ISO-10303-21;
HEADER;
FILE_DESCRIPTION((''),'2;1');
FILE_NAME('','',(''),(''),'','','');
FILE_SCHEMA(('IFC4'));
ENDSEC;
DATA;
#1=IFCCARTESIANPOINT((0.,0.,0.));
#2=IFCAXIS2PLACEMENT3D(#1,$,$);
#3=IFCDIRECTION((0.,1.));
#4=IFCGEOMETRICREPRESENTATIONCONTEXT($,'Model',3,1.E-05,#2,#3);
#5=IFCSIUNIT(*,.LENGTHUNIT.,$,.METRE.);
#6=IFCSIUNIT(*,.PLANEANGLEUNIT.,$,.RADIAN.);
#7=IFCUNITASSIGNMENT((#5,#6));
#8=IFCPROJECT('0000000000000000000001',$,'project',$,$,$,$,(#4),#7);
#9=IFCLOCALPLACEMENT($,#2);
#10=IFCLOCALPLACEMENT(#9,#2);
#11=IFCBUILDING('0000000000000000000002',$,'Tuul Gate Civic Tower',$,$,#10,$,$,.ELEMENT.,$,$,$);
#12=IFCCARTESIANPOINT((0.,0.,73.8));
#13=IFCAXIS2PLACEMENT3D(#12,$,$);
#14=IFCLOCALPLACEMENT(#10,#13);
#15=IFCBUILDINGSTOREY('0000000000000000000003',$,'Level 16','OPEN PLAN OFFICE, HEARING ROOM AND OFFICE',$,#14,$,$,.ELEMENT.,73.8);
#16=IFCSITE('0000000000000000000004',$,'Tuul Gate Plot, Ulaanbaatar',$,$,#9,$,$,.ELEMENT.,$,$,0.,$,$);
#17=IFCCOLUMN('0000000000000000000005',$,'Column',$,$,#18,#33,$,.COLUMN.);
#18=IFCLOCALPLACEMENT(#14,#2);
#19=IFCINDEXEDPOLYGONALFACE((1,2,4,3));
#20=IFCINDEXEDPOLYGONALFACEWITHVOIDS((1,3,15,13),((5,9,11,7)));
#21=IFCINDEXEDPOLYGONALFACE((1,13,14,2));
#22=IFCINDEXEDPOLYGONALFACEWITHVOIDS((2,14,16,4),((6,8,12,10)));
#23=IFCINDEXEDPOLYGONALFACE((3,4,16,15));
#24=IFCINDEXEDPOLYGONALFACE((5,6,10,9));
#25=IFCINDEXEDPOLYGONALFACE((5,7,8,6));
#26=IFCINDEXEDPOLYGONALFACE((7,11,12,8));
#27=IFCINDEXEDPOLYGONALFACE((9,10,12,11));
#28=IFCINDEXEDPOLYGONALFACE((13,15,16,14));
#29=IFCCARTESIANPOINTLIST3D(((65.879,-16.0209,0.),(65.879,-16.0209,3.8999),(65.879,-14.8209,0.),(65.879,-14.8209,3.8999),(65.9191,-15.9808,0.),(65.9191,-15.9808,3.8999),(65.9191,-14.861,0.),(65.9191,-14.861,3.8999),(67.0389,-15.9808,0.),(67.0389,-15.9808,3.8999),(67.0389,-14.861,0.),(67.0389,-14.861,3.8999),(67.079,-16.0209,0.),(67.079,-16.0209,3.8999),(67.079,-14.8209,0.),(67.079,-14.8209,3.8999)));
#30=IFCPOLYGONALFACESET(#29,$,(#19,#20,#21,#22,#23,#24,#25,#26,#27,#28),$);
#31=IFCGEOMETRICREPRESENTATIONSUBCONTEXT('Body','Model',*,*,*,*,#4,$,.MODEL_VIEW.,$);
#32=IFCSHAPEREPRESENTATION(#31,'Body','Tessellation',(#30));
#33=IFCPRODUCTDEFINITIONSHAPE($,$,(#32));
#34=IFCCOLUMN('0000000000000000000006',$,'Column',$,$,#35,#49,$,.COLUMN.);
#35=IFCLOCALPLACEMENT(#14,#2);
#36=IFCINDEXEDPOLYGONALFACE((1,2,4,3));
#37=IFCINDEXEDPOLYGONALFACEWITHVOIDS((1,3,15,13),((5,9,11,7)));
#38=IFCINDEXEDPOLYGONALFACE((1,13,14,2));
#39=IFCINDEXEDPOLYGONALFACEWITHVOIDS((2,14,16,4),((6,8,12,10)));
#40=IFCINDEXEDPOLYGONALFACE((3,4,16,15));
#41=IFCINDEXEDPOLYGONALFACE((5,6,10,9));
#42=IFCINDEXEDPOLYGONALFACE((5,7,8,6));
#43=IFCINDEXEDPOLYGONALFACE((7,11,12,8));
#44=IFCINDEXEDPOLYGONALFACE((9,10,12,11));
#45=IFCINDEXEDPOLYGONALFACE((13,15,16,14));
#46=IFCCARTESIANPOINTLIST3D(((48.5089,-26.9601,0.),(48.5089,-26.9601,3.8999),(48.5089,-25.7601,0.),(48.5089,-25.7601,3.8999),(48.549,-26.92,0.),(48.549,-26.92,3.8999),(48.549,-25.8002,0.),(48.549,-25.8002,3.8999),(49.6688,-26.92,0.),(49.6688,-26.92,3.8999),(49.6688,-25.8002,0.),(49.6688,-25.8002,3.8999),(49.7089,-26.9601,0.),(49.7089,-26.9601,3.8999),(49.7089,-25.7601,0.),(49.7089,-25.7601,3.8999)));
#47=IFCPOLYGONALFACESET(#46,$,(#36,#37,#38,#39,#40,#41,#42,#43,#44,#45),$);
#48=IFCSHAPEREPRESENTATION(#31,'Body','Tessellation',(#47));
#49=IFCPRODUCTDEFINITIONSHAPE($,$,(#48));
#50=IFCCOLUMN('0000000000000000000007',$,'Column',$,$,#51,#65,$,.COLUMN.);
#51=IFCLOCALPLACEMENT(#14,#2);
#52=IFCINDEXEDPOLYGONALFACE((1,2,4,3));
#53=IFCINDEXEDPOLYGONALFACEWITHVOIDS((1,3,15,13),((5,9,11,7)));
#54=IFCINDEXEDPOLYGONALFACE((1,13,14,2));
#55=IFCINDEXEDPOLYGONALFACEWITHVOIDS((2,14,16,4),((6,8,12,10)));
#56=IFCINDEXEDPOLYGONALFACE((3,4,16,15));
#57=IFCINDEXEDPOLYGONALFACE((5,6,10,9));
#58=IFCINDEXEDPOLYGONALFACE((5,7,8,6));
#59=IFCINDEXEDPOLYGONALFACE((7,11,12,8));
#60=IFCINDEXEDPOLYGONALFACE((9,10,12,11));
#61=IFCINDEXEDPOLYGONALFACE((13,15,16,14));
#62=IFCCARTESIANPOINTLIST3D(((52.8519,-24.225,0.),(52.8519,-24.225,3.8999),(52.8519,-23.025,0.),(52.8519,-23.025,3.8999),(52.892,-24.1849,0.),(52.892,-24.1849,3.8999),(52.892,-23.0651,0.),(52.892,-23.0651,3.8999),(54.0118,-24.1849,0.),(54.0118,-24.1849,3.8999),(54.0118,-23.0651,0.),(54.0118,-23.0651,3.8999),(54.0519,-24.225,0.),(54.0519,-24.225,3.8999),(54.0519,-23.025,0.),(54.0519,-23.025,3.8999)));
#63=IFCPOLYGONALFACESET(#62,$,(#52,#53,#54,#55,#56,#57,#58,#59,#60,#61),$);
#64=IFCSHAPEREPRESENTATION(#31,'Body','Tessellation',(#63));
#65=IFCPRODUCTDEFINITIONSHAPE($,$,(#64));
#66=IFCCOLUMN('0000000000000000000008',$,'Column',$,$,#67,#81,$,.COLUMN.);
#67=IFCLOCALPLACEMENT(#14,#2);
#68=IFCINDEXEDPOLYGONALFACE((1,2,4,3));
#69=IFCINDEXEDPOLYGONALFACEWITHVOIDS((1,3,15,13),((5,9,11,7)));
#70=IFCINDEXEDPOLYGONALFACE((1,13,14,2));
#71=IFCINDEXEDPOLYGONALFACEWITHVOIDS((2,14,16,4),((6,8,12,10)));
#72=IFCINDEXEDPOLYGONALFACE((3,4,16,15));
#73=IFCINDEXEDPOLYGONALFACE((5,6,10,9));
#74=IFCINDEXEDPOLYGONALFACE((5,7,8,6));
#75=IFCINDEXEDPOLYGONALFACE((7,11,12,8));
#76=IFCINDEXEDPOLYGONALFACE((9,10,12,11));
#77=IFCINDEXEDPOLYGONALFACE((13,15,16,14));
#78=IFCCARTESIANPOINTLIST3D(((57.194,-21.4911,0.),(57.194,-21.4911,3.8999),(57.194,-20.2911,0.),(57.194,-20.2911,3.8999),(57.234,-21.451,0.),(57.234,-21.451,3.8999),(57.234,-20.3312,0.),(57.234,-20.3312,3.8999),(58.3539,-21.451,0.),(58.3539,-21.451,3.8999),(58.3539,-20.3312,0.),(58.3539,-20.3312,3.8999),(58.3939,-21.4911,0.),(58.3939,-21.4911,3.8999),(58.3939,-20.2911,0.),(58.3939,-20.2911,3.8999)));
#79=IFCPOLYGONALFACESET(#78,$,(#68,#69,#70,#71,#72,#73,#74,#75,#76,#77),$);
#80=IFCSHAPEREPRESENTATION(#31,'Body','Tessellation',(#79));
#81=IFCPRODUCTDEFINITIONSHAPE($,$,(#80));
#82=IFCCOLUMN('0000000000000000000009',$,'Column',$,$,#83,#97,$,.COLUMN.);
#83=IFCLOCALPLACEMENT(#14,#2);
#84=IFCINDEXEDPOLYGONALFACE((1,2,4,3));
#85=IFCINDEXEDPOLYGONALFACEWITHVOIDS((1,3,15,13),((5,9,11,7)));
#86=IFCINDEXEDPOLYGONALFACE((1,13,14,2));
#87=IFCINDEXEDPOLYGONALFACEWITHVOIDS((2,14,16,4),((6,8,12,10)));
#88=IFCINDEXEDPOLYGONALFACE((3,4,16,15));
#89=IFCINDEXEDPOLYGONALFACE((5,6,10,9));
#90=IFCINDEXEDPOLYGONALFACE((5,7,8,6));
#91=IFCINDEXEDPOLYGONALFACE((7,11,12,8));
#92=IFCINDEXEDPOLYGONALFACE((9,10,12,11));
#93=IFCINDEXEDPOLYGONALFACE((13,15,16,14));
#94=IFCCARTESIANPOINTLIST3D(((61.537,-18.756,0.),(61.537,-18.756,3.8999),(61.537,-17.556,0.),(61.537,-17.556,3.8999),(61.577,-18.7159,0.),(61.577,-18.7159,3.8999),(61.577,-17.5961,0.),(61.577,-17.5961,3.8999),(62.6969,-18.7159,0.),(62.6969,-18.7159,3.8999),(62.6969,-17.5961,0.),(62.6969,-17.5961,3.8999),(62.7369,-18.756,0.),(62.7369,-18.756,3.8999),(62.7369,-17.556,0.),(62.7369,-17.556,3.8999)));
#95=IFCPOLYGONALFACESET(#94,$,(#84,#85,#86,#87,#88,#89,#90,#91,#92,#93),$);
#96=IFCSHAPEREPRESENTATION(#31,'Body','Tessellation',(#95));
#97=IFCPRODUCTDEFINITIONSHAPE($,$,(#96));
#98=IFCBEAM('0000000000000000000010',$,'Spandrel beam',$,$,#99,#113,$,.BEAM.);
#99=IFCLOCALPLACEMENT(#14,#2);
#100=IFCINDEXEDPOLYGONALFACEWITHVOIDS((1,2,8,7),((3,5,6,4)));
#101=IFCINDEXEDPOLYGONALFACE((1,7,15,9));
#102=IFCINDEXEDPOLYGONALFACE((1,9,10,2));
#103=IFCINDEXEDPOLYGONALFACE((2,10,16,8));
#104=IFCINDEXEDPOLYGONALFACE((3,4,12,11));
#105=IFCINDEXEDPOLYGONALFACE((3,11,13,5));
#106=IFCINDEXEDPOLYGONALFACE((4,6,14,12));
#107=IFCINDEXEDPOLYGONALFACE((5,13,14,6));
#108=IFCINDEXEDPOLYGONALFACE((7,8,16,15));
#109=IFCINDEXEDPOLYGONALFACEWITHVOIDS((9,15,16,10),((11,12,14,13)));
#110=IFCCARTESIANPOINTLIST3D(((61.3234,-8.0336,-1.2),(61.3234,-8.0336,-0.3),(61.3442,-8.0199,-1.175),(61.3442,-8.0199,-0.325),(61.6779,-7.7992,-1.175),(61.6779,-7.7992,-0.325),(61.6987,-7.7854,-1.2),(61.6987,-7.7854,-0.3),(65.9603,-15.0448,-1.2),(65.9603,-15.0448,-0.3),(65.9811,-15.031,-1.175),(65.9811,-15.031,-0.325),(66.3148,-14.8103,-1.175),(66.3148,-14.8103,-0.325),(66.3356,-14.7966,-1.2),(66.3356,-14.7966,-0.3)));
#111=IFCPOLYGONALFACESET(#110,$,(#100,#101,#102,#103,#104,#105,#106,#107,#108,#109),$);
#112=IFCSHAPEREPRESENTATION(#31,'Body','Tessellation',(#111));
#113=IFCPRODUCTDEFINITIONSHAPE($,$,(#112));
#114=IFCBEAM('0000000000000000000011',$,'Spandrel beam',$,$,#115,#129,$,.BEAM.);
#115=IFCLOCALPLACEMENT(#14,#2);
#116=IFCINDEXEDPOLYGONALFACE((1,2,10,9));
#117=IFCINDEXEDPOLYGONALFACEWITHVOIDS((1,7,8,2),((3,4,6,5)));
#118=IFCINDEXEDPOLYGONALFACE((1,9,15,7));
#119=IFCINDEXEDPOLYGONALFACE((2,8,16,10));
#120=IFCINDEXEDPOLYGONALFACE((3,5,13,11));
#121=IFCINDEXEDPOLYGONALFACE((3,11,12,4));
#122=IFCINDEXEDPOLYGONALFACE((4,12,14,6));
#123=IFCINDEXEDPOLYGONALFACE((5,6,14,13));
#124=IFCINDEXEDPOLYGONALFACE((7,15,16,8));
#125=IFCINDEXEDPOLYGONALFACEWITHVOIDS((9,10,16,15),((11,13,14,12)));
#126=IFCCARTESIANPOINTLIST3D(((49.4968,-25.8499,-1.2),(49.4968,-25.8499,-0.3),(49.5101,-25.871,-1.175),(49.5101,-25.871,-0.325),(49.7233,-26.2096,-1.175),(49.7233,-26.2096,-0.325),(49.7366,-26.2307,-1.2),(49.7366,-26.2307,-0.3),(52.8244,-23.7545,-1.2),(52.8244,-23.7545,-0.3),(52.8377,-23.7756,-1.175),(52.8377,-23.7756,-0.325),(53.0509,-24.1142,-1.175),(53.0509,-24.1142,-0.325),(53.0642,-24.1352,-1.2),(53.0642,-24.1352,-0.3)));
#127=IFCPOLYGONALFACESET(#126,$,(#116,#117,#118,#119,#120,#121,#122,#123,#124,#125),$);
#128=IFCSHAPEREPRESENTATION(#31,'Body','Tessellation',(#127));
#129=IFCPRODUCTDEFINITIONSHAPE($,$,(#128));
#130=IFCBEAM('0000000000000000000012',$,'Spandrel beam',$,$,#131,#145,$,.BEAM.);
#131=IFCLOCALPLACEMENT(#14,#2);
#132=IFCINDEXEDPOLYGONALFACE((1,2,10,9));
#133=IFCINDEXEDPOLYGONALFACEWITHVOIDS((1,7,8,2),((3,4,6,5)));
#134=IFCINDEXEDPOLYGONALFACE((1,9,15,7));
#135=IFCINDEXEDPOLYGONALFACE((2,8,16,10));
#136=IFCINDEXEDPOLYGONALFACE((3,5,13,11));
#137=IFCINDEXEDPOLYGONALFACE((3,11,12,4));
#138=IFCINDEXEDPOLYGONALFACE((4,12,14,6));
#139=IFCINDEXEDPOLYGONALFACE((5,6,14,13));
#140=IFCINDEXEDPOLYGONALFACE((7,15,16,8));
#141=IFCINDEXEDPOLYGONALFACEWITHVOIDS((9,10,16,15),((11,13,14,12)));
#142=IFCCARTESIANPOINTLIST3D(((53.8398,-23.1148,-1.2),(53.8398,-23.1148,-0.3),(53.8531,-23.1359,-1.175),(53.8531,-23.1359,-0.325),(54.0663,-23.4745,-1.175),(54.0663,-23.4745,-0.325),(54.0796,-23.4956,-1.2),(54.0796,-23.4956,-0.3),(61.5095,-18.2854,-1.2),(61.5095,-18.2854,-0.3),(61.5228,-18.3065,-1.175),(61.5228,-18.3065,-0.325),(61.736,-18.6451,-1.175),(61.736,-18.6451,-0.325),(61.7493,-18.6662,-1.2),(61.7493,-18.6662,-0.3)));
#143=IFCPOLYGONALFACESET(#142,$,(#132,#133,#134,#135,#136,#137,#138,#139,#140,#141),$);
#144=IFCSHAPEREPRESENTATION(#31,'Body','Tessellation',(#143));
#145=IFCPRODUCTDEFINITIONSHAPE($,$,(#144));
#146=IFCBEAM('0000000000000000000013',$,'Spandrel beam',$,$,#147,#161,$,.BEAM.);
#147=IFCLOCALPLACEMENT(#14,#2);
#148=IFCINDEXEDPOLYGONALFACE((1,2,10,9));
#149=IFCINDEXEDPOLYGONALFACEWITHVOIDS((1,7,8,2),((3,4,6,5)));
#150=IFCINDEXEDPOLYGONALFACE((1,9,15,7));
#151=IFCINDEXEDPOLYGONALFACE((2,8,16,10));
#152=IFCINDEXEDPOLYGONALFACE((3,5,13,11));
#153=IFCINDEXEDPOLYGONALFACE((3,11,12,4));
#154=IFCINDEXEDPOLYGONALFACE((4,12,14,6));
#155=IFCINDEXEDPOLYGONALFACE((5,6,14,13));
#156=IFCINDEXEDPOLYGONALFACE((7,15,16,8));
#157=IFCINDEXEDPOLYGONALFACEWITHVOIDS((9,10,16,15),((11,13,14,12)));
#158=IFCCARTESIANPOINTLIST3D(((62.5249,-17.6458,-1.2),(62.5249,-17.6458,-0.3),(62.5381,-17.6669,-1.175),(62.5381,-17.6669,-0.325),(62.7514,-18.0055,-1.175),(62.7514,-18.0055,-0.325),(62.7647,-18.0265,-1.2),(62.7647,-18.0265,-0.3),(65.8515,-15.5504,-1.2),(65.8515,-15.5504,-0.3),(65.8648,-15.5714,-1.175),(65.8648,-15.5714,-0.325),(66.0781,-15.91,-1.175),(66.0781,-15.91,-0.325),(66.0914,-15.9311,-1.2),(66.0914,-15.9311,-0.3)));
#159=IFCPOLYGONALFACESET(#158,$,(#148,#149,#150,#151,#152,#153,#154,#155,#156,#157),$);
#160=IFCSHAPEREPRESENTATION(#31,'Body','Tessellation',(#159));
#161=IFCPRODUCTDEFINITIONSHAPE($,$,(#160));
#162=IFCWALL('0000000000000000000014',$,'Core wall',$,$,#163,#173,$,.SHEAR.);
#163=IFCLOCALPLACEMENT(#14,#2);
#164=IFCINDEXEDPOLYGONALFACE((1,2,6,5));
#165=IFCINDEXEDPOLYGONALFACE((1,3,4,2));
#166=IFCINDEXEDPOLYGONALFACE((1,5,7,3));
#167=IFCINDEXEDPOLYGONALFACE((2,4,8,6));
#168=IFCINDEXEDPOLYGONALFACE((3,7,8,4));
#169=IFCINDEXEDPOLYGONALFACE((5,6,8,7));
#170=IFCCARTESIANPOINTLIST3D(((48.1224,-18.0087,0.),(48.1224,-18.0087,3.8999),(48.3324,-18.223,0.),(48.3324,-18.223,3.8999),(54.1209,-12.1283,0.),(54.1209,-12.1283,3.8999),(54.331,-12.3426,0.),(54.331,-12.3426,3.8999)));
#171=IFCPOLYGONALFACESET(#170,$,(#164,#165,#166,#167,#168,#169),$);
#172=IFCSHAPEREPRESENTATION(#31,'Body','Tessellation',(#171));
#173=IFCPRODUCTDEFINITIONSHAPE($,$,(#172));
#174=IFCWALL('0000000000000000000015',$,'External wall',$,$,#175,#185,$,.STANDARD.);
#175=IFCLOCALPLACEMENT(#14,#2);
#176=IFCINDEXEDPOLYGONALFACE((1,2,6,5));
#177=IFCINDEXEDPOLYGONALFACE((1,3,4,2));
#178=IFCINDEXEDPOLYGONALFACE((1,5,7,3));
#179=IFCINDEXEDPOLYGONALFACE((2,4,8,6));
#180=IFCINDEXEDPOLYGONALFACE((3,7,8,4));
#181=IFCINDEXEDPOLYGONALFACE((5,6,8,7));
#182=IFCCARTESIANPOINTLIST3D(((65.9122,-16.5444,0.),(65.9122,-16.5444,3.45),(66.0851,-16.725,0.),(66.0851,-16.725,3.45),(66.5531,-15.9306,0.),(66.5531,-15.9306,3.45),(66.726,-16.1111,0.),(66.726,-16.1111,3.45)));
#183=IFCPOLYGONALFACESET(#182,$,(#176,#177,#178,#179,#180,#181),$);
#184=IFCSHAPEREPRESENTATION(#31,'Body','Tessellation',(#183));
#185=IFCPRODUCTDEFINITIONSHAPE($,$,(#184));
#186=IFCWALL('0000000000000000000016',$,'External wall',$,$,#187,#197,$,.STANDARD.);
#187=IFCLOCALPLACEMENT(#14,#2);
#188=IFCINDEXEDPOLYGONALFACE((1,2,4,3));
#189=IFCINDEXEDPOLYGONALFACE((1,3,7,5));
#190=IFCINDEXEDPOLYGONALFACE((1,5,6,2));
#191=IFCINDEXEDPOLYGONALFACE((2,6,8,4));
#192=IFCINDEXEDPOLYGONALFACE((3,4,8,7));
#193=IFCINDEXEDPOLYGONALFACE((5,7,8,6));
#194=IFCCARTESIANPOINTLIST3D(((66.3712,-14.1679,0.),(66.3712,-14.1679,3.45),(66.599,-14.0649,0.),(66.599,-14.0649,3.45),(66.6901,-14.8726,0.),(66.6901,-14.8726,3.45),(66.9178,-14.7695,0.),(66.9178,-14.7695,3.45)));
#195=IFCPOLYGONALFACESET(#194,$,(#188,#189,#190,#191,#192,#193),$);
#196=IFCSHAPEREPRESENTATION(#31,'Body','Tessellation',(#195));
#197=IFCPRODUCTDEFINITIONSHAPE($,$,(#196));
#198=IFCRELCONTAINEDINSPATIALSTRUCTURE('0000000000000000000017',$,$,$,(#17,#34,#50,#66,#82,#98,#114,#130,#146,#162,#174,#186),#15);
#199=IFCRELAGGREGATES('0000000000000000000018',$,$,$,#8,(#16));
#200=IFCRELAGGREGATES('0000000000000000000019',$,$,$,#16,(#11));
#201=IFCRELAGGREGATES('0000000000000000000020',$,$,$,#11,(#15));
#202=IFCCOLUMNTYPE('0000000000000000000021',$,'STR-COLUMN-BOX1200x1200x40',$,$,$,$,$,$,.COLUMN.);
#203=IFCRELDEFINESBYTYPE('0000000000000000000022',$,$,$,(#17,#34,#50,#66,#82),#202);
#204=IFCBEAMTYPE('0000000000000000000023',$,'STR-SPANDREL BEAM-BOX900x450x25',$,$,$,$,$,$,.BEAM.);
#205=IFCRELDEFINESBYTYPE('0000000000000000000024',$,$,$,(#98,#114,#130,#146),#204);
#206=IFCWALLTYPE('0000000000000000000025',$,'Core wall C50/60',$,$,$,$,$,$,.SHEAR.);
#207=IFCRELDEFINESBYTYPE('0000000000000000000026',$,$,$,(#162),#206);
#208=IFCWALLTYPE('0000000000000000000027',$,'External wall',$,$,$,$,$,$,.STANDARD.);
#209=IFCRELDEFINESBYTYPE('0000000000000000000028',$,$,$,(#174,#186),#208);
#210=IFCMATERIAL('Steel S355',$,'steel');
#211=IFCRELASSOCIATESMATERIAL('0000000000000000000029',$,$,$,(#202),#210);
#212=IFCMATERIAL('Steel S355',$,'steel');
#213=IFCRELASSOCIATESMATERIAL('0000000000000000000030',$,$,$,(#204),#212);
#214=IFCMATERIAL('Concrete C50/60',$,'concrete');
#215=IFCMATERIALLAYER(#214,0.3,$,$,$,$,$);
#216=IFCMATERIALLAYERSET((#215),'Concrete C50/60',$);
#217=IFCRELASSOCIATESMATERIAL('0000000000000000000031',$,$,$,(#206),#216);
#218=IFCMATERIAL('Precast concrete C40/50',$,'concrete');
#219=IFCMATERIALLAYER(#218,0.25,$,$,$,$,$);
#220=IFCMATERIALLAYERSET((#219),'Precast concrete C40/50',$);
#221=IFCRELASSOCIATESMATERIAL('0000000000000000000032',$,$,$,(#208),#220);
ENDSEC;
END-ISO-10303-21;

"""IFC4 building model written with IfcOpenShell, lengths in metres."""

from ifc_helpers import new_model, si_unit, direction, frame, frame_2d, origin, origin_2d, place, context, subcontext, project, spatial, rectangle, hollow_rectangle, extrude, material, layer, layer_set, material_profile, profile_set, type_object, element, save


model = new_model("IFC4")

# Units and contexts
model_context = context("Model", 3, precision=1e-05, world=origin(), true_north=direction((0.0, 1.0)))
body_context = subcontext(model_context, "Body", "Model", "MODEL_VIEW")
ifc_project = project(units=[si_unit("LENGTHUNIT", "METRE"), si_unit("PLANEANGLEUNIT", "RADIAN")], contexts=[model_context])

# Site, building, storey
site_placement = place(None, origin())
site = spatial("IfcSite", under=ifc_project, at=site_placement, Name="Tuul Gate Plot, Ulaanbaatar", CompositionType="ELEMENT", RefElevation=0.0)
building_placement = place(site_placement, origin())
building = spatial("IfcBuilding", under=site, at=building_placement, Name="Tuul Gate Civic Tower", CompositionType="ELEMENT")
storey_placement = place(building_placement, frame((0.0, 0.0, 73.8)))
storey = spatial("IfcBuildingStorey", under=building, at=storey_placement, Name="Level 16", Description="OPEN PLAN OFFICE, HEARING ROOM AND OFFICE", CompositionType="ELEMENT", Elevation=73.8)

# Columns
ifc_material_1 = material(Name="Steel S355", Category="steel")
ifc_material_profile_1 = material_profile(ifc_material_1, hollow_rectangle(XDim=1.2, YDim=1.2, WallThickness=0.04, at=origin_2d()), Name="BOX1200x1200x40")
ifc_profile_set_1 = profile_set([ifc_material_profile_1], Name="Steel S355")
column_type = type_object("IfcColumnType", Name="STR-COLUMN-BOX1200x1200x40", PredefinedType="COLUMN", material=ifc_profile_set_1)
for number, where, z_axis, x_axis, name in (
    (1, (66.479, -15.4209, 0.0), (0.0, 0.0, 1.0), (1.0, 0.0, 0.0), "Column"),
    (2, (49.1089, -26.3601, 0.0), (0.0, 0.0, 1.0), (1.0, 0.0, 0.0), "Column"),
    (3, (53.4519, -23.625, 0.0), (0.0, 0.0, 1.0), (1.0, 0.0, 0.0), "Column"),
    (4, (57.7939, -20.8911, 0.0), (0.0, 0.0, 1.0), (1.0, 0.0, 0.0), "Column"),
    (5, (62.137, -18.156, 0.0), (0.0, 0.0, 1.0), (1.0, 0.0, 0.0), "Column"),
):
    element("IfcColumn", number, at=place(storey_placement, frame(where, z_axis=z_axis, x_axis=x_axis)), inside=storey, type_object=column_type, Name=name, PredefinedType="COLUMN", context=body_context, shape_type="SweptSolid", body=[
        extrude(hollow_rectangle(XDim=1.2, YDim=1.2, WallThickness=0.04, at=origin_2d()), origin(), (0.0, 0.0, 1.0), 3.8999),
    ])

# Beams
ifc_material_2 = material(Name="Steel S355", Category="steel")
ifc_material_profile_2 = material_profile(ifc_material_2, hollow_rectangle(XDim=0.45, YDim=0.8999, WallThickness=0.0249, at=origin_2d()), Name="BOX900x450x25")
ifc_profile_set_2 = profile_set([ifc_material_profile_2], Name="Steel S355")
beam_type = type_object("IfcBeamType", Name="STR-SPANDREL BEAM-BOX900x450x25", PredefinedType="BEAM", material=ifc_profile_set_2)
beam_1_placement = place(storey_placement, frame((66.1479, -14.9207, -0.75), z_axis=(-0.551633, 0.834087, 0.0), x_axis=(-0.834087, -0.551633, 0.0)))
element("IfcBeam", 6, at=beam_1_placement, inside=storey, type_object=beam_type, Name="Spandrel beam", PredefinedType="BEAM", context=body_context, shape_type="SweptSolid", body=[
    extrude(hollow_rectangle(XDim=0.45, YDim=0.8999, WallThickness=0.0249, at=origin_2d()), origin(), (0.0, 0.0, 1.0), 8.4058),
])
beam_2_placement = place(storey_placement, frame((49.6167, -26.0403, -0.75), z_axis=(0.846201, 0.532864, 0.0), x_axis=(-0.532864, 0.846201, 0.0)))
element("IfcBeam", 7, at=beam_2_placement, inside=storey, type_object=beam_type, Name="Spandrel beam", PredefinedType="BEAM", context=body_context, shape_type="SweptSolid", body=[
    extrude(hollow_rectangle(XDim=0.45, YDim=0.8999, WallThickness=0.0249, at=origin_2d()), origin(), (0.0, 0.0, 1.0), 3.9324),
])
beam_3_placement = place(storey_placement, frame((53.9597, -23.3052, -0.75), z_axis=(0.846218, 0.532836, 0.0), x_axis=(-0.532836, 0.846218, 0.0)))
element("IfcBeam", 8, at=beam_3_placement, inside=storey, type_object=beam_type, Name="Spandrel beam", PredefinedType="BEAM", context=body_context, shape_type="SweptSolid", body=[
    extrude(hollow_rectangle(XDim=0.45, YDim=0.8999, WallThickness=0.0249, at=origin_2d()), origin(), (0.0, 0.0, 1.0), 9.0635),
])
beam_4_placement = place(storey_placement, frame((62.6448, -17.8362, -0.75), z_axis=(0.84613, 0.532976, 0.0), x_axis=(-0.532976, 0.84613, 0.0)))
element("IfcBeam", 9, at=beam_4_placement, inside=storey, type_object=beam_type, Name="Spandrel beam", PredefinedType="BEAM", context=body_context, shape_type="SweptSolid", body=[
    extrude(hollow_rectangle(XDim=0.45, YDim=0.8999, WallThickness=0.0249, at=origin_2d()), origin(), (0.0, 0.0, 1.0), 3.9316),
])

# Walls
ifc_material_3 = material(Name="Concrete C50/60", Category="concrete")
ifc_layer_1 = layer(ifc_material_3, 0.3)
ifc_layer_set_1 = layer_set([ifc_layer_1], Name="Concrete C50/60")
wall_type_1 = type_object("IfcWallType", Name="Core wall C50/60", PredefinedType="SHEAR", material=ifc_layer_set_1)
wall_1_placement = place(storey_placement, frame((48.2273, -18.116, 0.0), z_axis=(0.0, 0.0, 1.0), x_axis=(0.714105, 0.700038, 0.0)))
element("IfcWall", 10, at=wall_1_placement, inside=storey, type_object=wall_type_1, Name="Core wall", PredefinedType="SHEAR", context=body_context, shape_type="SweptSolid", body=[
    extrude(rectangle(XDim=8.4001, YDim=0.3, at=frame_2d((4.2002, 0.0))), origin(), (0.0, 0.0, 1.0), 3.8999),
])
ifc_material_4 = material(Name="Precast concrete C40/50", Category="concrete")
ifc_layer_2 = layer(ifc_material_4, 0.25)
ifc_layer_set_2 = layer_set([ifc_layer_2], Name="Precast concrete C40/50")
wall_type_2 = type_object("IfcWallType", Name="External wall", PredefinedType="STANDARD", material=ifc_layer_set_2)
wall_2_placement = place(storey_placement, frame((65.9985, -16.6348, 0.0), z_axis=(0.0, 0.0, 1.0), x_axis=(0.722212, 0.691672, 0.0)))
element("IfcWall", 11, at=wall_2_placement, inside=storey, type_object=wall_type_2, Name="External wall", PredefinedType="STANDARD", context=body_context, shape_type="SweptSolid", body=[
    extrude(rectangle(XDim=0.8875, YDim=0.25, at=frame_2d((0.4438, 0.0))), origin(), (0.0, 0.0, 1.0), 3.45),
])
wall_3_placement = place(storey_placement, frame((66.804, -14.821, 0.0), z_axis=(0.0, 0.0, 1.0), x_axis=(-0.41228, 0.911057, 0.0)))
element("IfcWall", 12, at=wall_3_placement, inside=storey, type_object=wall_type_2, Name="External wall", PredefinedType="STANDARD", context=body_context, shape_type="SweptSolid", body=[
    extrude(rectangle(XDim=0.7734, YDim=0.25, at=frame_2d((0.3867, 0.0))), origin(), (0.0, 0.0, 1.0), 3.45),
])

save(model, "model.ifc")
